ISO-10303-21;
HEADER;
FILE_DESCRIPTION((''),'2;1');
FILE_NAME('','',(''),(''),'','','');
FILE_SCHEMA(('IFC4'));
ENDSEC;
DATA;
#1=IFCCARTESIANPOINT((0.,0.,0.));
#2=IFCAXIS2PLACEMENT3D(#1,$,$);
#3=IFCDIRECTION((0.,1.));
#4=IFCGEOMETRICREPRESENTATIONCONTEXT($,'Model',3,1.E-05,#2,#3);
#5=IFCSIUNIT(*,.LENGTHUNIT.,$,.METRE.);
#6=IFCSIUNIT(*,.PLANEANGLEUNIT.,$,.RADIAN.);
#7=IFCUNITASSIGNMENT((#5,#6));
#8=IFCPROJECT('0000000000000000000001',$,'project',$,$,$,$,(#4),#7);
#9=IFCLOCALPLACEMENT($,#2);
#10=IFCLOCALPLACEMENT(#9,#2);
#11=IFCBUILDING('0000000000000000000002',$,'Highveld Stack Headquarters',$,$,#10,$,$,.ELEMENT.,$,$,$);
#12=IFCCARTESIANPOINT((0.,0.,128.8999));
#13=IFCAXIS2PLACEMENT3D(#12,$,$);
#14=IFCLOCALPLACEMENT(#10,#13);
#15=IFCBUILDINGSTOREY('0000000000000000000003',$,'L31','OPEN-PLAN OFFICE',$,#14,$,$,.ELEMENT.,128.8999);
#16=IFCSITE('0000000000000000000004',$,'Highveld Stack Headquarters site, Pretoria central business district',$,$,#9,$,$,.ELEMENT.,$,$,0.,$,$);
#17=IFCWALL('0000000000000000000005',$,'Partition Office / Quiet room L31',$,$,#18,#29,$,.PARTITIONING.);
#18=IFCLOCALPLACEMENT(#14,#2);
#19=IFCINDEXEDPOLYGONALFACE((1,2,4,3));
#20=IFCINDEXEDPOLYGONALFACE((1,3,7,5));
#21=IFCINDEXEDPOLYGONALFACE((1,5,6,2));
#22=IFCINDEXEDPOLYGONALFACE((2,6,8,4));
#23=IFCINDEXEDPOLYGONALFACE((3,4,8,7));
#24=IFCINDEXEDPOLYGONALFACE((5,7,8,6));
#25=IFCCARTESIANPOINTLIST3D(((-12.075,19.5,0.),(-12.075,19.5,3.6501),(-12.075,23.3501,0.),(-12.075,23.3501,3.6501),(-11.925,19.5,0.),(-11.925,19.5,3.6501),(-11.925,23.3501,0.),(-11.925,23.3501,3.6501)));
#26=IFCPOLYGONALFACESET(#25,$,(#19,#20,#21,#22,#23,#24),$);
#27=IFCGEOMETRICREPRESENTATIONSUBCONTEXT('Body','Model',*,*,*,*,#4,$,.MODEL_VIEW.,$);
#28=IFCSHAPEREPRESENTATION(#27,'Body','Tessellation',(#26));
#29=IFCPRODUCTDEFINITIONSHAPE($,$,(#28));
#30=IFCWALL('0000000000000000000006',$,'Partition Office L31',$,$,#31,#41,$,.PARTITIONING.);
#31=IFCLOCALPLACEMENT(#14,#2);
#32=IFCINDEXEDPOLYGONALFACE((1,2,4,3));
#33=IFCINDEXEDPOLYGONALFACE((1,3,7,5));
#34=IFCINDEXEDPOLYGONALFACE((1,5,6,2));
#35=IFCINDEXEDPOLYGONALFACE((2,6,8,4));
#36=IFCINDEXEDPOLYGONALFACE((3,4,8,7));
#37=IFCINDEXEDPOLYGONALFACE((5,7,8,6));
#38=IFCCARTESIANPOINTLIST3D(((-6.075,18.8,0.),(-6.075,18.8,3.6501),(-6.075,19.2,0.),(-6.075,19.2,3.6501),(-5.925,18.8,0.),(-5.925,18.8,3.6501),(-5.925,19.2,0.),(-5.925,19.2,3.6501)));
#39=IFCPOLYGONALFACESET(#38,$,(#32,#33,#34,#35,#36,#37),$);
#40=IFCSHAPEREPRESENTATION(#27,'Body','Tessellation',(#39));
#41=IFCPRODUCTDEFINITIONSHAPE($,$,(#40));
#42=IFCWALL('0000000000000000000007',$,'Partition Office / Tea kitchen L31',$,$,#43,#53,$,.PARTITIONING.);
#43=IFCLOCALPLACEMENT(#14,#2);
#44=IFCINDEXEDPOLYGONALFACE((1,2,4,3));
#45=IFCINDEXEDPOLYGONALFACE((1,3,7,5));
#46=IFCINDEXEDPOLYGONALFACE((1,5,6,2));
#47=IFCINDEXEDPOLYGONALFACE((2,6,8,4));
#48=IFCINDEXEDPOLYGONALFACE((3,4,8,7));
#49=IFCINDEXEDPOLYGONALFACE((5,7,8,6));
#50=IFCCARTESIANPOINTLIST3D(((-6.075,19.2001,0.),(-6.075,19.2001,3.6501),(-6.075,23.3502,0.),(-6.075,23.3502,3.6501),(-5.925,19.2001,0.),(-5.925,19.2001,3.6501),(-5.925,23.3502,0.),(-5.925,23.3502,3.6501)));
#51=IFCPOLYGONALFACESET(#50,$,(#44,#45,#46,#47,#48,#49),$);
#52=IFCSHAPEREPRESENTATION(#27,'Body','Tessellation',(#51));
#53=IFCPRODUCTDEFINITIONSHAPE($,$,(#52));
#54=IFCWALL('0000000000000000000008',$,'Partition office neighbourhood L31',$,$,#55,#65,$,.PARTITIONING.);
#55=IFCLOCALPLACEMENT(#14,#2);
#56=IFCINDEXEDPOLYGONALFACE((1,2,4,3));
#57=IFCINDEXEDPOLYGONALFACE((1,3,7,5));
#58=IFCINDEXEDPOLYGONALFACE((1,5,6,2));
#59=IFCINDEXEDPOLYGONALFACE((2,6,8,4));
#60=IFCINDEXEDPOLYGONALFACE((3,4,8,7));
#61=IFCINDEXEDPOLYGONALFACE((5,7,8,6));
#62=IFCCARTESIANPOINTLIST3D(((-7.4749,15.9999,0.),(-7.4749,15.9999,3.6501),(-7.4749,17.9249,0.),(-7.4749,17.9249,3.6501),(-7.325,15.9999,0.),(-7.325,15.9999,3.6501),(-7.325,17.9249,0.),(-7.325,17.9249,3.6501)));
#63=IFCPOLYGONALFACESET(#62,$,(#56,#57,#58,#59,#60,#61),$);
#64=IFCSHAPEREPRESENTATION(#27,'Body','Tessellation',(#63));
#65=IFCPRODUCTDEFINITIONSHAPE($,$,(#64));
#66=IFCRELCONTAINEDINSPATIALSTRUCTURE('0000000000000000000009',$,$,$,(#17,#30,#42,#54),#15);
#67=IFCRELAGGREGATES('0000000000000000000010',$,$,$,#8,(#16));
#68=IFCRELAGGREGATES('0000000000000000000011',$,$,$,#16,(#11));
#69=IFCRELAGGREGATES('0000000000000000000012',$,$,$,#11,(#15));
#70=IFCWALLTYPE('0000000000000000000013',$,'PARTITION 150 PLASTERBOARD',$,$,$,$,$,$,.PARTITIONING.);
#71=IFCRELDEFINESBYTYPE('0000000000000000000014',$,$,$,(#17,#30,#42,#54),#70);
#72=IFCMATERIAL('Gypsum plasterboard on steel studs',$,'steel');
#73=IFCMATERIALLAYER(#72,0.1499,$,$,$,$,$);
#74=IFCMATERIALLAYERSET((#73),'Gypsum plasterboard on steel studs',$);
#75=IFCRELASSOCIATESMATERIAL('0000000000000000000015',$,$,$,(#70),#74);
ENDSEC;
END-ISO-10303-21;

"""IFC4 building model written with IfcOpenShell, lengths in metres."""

from ifc_helpers import new_model, si_unit, direction, frame, frame_2d, origin, place, context, subcontext, project, spatial, rectangle, extrude, material, layer, layer_set, type_object, element, save


model = new_model("IFC4")

# Units and contexts
model_context = context("Model", 3, precision=1e-05, world=origin(), true_north=direction((0.0, 1.0)))
body_context = subcontext(model_context, "Body", "Model", "MODEL_VIEW")
ifc_project = project(units=[si_unit("LENGTHUNIT", "METRE"), si_unit("PLANEANGLEUNIT", "RADIAN")], contexts=[model_context])

# Site, building, storey
site_placement = place(None, origin())
site = spatial("IfcSite", under=ifc_project, at=site_placement, Name="Highveld Stack Headquarters site, Pretoria central business district", CompositionType="ELEMENT", RefElevation=0.0)
building_placement = place(site_placement, origin())
building = spatial("IfcBuilding", under=site, at=building_placement, Name="Highveld Stack Headquarters", CompositionType="ELEMENT")
storey_placement = place(building_placement, frame((0.0, 0.0, 128.8999)))
storey = spatial("IfcBuildingStorey", under=building, at=storey_placement, Name="L31", Description="OPEN-PLAN OFFICE", CompositionType="ELEMENT", Elevation=128.8999)

# Shared definitions
ifc_material_1 = material(Name="Gypsum plasterboard on steel studs", Category="steel")
ifc_layer_1 = layer(ifc_material_1, 0.1499)
ifc_layer_set_1 = layer_set([ifc_layer_1], Name="Gypsum plasterboard on steel studs")
wall_type_1 = type_object("IfcWallType", Name="PARTITION 150 PLASTERBOARD", PredefinedType="PARTITIONING", material=ifc_layer_set_1)

# Walls
wall_1_placement = place(storey_placement, frame((-12.0, 19.5, 0.0), z_axis=(0.0, 0.0, 1.0), x_axis=(0.0, 1.0, 0.0)))
element("IfcWall", 1, at=wall_1_placement, inside=storey, type_object=wall_type_1, Name="Partition Office / Quiet room L31", PredefinedType="PARTITIONING", context=body_context, shape_type="SweptSolid", body=[
    extrude(rectangle(XDim=3.8501, YDim=0.1499, at=frame_2d((1.925, 0.0))), origin(), (0.0, 0.0, 1.0), 3.6501),
])
wall_2_placement = place(storey_placement, frame((-6.0, 18.8, 0.0), z_axis=(0.0, 0.0, 1.0), x_axis=(0.0, 1.0, 0.0)))
element("IfcWall", 2, at=wall_2_placement, inside=storey, type_object=wall_type_1, Name="Partition Office L31", PredefinedType="PARTITIONING", context=body_context, shape_type="SweptSolid", body=[
    extrude(rectangle(XDim=0.3999, YDim=0.1499, at=frame_2d((0.2, 0.0))), origin(), (0.0, 0.0, 1.0), 3.6501),
])
wall_3_placement = place(storey_placement, frame((-6.0, 19.2, 0.0), z_axis=(0.0, 0.0, 1.0), x_axis=(0.0, 1.0, 0.0)))
element("IfcWall", 3, at=wall_3_placement, inside=storey, type_object=wall_type_1, Name="Partition Office / Tea kitchen L31", PredefinedType="PARTITIONING", context=body_context, shape_type="SweptSolid", body=[
    extrude(rectangle(XDim=4.1501, YDim=0.1499, at=frame_2d((2.0752, 0.0))), origin(), (0.0, 0.0, 1.0), 3.6501),
])
wall_4_placement = place(storey_placement, frame((-7.3999, 16.0, 0.0), z_axis=(0.0, 0.0, 1.0), x_axis=(0.0, 1.0, 0.0)))
element("IfcWall", 4, at=wall_4_placement, inside=storey, type_object=wall_type_1, Name="Partition office neighbourhood L31", PredefinedType="PARTITIONING", context=body_context, shape_type="SweptSolid", body=[
    extrude(rectangle(XDim=1.925, YDim=0.1499, at=frame_2d((0.9624, 0.0))), origin(), (0.0, 0.0, 1.0), 3.6501),
])

save(model, "model.ifc")
